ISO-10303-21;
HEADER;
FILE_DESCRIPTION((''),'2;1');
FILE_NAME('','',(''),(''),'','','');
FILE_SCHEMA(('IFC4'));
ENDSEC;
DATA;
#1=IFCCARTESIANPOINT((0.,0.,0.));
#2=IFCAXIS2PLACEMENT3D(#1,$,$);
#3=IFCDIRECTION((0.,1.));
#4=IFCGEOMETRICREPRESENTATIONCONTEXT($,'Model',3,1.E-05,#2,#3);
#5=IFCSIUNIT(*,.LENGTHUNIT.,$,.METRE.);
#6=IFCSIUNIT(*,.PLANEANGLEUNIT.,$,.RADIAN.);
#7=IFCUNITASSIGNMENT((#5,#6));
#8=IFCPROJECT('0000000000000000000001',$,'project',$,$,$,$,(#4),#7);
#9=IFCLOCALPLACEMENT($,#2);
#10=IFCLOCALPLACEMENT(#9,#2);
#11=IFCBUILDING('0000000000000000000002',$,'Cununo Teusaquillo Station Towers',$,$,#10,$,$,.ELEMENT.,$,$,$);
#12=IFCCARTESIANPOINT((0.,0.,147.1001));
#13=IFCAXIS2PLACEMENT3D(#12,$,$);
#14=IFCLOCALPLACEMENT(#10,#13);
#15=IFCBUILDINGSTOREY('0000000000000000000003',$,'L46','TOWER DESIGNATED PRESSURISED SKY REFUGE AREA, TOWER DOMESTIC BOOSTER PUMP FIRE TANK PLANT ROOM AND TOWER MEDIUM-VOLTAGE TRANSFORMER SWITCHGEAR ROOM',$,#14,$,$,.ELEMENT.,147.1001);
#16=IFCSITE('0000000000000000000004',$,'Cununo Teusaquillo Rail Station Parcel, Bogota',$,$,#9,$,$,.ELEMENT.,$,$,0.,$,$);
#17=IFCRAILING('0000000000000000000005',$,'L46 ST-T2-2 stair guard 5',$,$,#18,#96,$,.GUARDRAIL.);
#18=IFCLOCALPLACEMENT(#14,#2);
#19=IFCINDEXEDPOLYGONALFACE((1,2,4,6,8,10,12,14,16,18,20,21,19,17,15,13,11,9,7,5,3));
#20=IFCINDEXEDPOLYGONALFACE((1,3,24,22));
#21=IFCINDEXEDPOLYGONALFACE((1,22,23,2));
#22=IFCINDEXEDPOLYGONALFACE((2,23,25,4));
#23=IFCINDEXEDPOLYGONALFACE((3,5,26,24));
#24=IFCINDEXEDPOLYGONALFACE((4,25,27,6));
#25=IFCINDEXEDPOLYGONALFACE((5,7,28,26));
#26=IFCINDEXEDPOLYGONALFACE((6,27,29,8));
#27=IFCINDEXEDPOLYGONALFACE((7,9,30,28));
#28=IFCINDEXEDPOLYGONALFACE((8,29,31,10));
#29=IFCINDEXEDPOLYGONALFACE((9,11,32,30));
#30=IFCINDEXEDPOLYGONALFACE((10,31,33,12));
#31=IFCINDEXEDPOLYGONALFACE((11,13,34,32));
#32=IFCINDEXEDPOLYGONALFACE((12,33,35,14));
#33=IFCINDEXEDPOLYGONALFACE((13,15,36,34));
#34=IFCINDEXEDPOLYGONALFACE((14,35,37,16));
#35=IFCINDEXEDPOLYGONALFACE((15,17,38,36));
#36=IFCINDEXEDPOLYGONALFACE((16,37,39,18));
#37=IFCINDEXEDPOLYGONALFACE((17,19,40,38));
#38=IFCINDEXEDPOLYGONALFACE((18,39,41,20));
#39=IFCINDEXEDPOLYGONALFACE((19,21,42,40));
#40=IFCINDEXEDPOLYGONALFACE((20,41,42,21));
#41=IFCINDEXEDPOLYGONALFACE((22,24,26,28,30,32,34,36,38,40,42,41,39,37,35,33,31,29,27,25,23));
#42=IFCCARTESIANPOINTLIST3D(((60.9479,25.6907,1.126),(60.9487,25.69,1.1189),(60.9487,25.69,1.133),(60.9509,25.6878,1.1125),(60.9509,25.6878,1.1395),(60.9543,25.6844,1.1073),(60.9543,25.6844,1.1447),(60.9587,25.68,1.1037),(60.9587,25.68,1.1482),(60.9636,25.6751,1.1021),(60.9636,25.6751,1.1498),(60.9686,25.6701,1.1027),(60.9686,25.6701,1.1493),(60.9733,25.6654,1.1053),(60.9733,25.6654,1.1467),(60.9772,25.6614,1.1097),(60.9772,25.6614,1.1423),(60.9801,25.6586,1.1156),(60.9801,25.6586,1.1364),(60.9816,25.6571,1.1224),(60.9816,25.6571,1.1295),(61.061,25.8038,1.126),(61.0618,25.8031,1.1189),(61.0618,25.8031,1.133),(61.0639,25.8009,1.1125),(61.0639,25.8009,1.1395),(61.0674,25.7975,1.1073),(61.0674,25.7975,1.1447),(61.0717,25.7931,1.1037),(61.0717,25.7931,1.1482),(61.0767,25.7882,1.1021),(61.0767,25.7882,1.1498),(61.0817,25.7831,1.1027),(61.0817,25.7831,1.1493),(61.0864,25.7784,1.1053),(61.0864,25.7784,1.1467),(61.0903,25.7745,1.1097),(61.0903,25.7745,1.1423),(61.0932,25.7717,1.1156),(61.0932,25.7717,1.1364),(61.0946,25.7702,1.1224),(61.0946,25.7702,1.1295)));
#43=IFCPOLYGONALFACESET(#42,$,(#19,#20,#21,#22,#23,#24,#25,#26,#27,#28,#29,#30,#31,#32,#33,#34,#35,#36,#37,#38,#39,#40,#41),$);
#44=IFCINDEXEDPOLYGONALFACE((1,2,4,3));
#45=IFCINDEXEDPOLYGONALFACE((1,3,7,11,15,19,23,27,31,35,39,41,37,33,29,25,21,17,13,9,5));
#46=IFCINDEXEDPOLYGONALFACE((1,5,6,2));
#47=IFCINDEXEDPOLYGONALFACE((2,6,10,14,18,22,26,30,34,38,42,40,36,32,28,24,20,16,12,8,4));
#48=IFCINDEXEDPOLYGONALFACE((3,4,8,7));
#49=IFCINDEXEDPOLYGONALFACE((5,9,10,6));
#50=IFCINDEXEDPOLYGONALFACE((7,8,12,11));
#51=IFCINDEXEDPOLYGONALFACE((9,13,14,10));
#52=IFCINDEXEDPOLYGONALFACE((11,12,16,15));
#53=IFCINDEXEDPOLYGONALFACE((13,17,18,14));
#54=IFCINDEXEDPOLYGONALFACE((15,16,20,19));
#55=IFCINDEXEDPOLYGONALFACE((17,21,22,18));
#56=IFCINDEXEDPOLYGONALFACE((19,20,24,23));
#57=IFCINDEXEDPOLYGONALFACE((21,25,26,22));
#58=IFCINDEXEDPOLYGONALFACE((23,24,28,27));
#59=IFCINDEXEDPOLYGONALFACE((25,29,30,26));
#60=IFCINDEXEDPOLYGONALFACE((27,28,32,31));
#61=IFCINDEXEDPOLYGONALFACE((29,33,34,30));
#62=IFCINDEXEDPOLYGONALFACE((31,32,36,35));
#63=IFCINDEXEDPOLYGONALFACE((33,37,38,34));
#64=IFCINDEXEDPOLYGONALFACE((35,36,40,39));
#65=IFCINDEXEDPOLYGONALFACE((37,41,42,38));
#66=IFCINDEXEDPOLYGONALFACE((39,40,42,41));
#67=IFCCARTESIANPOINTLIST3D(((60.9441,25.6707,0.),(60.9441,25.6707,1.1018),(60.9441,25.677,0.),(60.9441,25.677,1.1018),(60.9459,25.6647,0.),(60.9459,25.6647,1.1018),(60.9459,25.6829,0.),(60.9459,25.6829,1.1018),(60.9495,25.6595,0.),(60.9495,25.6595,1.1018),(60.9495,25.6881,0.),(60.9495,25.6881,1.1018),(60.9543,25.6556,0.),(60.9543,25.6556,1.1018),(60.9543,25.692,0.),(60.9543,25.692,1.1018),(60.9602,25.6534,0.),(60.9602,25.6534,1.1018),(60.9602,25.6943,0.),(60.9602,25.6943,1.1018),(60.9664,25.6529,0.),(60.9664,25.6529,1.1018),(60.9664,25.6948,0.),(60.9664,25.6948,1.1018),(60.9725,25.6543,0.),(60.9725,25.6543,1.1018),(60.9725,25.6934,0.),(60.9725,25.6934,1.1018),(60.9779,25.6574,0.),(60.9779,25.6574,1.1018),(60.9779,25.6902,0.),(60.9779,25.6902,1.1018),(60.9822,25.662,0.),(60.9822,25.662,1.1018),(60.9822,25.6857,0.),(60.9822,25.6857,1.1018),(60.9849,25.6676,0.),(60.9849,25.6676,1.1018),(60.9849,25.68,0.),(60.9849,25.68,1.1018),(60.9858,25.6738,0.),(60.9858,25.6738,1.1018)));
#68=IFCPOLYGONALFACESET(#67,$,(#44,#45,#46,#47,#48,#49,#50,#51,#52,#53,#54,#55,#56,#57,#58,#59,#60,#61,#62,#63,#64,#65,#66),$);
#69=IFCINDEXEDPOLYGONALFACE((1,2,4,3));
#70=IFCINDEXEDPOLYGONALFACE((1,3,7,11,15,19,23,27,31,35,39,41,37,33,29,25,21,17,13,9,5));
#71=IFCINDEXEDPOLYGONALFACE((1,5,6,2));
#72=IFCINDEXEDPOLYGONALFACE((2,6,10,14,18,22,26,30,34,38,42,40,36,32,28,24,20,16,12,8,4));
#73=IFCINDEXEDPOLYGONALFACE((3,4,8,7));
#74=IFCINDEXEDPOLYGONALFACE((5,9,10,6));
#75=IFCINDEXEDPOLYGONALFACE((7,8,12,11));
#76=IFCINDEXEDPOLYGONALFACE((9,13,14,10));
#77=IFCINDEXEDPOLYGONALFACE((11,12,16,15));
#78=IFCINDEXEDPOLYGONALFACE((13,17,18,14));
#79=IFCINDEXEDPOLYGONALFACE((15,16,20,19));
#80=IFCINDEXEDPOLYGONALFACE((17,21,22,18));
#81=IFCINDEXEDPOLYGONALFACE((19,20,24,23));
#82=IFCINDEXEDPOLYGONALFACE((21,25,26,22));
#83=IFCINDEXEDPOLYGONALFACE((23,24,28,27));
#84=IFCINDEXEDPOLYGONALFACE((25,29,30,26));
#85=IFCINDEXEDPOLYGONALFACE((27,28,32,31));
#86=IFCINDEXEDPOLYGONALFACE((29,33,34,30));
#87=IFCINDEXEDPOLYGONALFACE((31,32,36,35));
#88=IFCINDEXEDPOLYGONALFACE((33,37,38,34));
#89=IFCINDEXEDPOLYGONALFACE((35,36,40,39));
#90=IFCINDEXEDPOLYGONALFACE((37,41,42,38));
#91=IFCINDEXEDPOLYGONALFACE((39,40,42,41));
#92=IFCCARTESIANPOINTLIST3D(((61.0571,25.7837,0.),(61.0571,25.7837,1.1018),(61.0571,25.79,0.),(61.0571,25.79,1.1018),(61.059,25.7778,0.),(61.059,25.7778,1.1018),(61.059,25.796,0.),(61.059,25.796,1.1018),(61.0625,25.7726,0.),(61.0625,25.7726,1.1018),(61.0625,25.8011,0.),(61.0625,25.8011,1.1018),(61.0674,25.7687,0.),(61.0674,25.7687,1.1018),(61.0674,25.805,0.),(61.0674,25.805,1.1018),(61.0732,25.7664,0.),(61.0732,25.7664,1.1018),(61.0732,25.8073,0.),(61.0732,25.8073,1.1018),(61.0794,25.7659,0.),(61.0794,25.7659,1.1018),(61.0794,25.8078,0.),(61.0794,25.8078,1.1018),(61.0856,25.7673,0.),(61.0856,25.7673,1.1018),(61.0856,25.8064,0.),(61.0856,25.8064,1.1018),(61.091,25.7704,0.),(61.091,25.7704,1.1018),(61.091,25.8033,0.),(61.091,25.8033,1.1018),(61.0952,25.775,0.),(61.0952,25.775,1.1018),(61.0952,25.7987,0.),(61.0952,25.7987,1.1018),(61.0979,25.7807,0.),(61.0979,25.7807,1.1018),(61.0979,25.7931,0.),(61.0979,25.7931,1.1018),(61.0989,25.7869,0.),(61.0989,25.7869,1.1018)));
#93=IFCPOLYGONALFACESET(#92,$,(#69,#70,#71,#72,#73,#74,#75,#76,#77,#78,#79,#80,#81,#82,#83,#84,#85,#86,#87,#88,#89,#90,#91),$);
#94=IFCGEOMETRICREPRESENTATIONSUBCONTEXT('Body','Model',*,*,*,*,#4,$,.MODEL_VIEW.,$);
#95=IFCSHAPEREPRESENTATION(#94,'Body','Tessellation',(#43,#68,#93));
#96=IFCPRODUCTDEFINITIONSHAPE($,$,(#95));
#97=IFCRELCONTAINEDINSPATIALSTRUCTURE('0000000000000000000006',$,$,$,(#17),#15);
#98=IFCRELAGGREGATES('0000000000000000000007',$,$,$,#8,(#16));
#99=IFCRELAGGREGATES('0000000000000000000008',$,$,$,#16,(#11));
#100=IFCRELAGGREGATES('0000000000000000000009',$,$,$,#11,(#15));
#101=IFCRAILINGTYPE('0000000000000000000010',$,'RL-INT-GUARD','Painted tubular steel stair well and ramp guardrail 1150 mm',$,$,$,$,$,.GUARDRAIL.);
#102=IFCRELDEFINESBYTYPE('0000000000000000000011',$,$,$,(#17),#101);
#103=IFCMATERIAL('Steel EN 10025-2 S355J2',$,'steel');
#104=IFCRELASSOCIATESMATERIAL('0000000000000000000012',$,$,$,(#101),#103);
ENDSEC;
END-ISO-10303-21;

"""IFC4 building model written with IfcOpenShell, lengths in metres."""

from ifc_helpers import new_model, si_unit, direction, frame, origin, origin_2d, place, context, subcontext, project, spatial, circle, extrude, material, type_object, element, save


model = new_model("IFC4")

# Units and contexts
model_context = context("Model", 3, precision=1e-05, world=origin(), true_north=direction((0.0, 1.0)))
body_context = subcontext(model_context, "Body", "Model", "MODEL_VIEW")
ifc_project = project(units=[si_unit("LENGTHUNIT", "METRE"), si_unit("PLANEANGLEUNIT", "RADIAN")], contexts=[model_context])

# Site, building, storey
site_placement = place(None, origin())
site = spatial("IfcSite", under=ifc_project, at=site_placement, Name="Cununo Teusaquillo Rail Station Parcel, Bogota", CompositionType="ELEMENT", RefElevation=0.0)
building_placement = place(site_placement, origin())
building = spatial("IfcBuilding", under=site, at=building_placement, Name="Cununo Teusaquillo Station Towers", CompositionType="ELEMENT")
storey_placement = place(building_placement, frame((0.0, 0.0, 147.1001)))
storey = spatial("IfcBuildingStorey", under=building, at=storey_placement, Name="L46", Description="TOWER DESIGNATED PRESSURISED SKY REFUGE AREA, TOWER DOMESTIC BOOSTER PUMP FIRE TANK PLANT ROOM AND TOWER MEDIUM-VOLTAGE TRANSFORMER SWITCHGEAR ROOM", CompositionType="ELEMENT", Elevation=147.1001)

# Railing
ifc_material_1 = material(Name="Steel EN 10025-2 S355J2", Category="steel")
railing_type_1 = type_object("IfcRailingType", Name="RL-INT-GUARD", Description="Painted tubular steel stair well and ramp guardrail 1150 mm", PredefinedType="GUARDRAIL", material=ifc_material_1)
railing_1_placement = place(storey_placement, frame((60.9648, 25.6738, 0.0)))
element("IfcRailing", 1, at=railing_1_placement, inside=storey, type_object=railing_type_1, Name="L46 ST-T2-2 stair guard 5", PredefinedType="GUARDRAIL", context=body_context, shape_type="SweptSolid", body=[
    extrude(circle(Radius=0.0239, at=origin_2d()), frame((0.0, 0.0, 1.126), z_axis=(0.707107, 0.707107, 0.0), x_axis=(-0.707107, 0.707107, 0.0)), (0.0, 0.0, 1.0), 0.1599),
    extrude(circle(Radius=0.021, at=origin_2d()), origin(), (0.0, 0.0, 1.0), 1.1018),
    extrude(circle(Radius=0.021, at=origin_2d()), frame((0.113, 0.113, 0.0)), (0.0, 0.0, 1.0), 1.1018),
])

save(model, "model.ifc")
